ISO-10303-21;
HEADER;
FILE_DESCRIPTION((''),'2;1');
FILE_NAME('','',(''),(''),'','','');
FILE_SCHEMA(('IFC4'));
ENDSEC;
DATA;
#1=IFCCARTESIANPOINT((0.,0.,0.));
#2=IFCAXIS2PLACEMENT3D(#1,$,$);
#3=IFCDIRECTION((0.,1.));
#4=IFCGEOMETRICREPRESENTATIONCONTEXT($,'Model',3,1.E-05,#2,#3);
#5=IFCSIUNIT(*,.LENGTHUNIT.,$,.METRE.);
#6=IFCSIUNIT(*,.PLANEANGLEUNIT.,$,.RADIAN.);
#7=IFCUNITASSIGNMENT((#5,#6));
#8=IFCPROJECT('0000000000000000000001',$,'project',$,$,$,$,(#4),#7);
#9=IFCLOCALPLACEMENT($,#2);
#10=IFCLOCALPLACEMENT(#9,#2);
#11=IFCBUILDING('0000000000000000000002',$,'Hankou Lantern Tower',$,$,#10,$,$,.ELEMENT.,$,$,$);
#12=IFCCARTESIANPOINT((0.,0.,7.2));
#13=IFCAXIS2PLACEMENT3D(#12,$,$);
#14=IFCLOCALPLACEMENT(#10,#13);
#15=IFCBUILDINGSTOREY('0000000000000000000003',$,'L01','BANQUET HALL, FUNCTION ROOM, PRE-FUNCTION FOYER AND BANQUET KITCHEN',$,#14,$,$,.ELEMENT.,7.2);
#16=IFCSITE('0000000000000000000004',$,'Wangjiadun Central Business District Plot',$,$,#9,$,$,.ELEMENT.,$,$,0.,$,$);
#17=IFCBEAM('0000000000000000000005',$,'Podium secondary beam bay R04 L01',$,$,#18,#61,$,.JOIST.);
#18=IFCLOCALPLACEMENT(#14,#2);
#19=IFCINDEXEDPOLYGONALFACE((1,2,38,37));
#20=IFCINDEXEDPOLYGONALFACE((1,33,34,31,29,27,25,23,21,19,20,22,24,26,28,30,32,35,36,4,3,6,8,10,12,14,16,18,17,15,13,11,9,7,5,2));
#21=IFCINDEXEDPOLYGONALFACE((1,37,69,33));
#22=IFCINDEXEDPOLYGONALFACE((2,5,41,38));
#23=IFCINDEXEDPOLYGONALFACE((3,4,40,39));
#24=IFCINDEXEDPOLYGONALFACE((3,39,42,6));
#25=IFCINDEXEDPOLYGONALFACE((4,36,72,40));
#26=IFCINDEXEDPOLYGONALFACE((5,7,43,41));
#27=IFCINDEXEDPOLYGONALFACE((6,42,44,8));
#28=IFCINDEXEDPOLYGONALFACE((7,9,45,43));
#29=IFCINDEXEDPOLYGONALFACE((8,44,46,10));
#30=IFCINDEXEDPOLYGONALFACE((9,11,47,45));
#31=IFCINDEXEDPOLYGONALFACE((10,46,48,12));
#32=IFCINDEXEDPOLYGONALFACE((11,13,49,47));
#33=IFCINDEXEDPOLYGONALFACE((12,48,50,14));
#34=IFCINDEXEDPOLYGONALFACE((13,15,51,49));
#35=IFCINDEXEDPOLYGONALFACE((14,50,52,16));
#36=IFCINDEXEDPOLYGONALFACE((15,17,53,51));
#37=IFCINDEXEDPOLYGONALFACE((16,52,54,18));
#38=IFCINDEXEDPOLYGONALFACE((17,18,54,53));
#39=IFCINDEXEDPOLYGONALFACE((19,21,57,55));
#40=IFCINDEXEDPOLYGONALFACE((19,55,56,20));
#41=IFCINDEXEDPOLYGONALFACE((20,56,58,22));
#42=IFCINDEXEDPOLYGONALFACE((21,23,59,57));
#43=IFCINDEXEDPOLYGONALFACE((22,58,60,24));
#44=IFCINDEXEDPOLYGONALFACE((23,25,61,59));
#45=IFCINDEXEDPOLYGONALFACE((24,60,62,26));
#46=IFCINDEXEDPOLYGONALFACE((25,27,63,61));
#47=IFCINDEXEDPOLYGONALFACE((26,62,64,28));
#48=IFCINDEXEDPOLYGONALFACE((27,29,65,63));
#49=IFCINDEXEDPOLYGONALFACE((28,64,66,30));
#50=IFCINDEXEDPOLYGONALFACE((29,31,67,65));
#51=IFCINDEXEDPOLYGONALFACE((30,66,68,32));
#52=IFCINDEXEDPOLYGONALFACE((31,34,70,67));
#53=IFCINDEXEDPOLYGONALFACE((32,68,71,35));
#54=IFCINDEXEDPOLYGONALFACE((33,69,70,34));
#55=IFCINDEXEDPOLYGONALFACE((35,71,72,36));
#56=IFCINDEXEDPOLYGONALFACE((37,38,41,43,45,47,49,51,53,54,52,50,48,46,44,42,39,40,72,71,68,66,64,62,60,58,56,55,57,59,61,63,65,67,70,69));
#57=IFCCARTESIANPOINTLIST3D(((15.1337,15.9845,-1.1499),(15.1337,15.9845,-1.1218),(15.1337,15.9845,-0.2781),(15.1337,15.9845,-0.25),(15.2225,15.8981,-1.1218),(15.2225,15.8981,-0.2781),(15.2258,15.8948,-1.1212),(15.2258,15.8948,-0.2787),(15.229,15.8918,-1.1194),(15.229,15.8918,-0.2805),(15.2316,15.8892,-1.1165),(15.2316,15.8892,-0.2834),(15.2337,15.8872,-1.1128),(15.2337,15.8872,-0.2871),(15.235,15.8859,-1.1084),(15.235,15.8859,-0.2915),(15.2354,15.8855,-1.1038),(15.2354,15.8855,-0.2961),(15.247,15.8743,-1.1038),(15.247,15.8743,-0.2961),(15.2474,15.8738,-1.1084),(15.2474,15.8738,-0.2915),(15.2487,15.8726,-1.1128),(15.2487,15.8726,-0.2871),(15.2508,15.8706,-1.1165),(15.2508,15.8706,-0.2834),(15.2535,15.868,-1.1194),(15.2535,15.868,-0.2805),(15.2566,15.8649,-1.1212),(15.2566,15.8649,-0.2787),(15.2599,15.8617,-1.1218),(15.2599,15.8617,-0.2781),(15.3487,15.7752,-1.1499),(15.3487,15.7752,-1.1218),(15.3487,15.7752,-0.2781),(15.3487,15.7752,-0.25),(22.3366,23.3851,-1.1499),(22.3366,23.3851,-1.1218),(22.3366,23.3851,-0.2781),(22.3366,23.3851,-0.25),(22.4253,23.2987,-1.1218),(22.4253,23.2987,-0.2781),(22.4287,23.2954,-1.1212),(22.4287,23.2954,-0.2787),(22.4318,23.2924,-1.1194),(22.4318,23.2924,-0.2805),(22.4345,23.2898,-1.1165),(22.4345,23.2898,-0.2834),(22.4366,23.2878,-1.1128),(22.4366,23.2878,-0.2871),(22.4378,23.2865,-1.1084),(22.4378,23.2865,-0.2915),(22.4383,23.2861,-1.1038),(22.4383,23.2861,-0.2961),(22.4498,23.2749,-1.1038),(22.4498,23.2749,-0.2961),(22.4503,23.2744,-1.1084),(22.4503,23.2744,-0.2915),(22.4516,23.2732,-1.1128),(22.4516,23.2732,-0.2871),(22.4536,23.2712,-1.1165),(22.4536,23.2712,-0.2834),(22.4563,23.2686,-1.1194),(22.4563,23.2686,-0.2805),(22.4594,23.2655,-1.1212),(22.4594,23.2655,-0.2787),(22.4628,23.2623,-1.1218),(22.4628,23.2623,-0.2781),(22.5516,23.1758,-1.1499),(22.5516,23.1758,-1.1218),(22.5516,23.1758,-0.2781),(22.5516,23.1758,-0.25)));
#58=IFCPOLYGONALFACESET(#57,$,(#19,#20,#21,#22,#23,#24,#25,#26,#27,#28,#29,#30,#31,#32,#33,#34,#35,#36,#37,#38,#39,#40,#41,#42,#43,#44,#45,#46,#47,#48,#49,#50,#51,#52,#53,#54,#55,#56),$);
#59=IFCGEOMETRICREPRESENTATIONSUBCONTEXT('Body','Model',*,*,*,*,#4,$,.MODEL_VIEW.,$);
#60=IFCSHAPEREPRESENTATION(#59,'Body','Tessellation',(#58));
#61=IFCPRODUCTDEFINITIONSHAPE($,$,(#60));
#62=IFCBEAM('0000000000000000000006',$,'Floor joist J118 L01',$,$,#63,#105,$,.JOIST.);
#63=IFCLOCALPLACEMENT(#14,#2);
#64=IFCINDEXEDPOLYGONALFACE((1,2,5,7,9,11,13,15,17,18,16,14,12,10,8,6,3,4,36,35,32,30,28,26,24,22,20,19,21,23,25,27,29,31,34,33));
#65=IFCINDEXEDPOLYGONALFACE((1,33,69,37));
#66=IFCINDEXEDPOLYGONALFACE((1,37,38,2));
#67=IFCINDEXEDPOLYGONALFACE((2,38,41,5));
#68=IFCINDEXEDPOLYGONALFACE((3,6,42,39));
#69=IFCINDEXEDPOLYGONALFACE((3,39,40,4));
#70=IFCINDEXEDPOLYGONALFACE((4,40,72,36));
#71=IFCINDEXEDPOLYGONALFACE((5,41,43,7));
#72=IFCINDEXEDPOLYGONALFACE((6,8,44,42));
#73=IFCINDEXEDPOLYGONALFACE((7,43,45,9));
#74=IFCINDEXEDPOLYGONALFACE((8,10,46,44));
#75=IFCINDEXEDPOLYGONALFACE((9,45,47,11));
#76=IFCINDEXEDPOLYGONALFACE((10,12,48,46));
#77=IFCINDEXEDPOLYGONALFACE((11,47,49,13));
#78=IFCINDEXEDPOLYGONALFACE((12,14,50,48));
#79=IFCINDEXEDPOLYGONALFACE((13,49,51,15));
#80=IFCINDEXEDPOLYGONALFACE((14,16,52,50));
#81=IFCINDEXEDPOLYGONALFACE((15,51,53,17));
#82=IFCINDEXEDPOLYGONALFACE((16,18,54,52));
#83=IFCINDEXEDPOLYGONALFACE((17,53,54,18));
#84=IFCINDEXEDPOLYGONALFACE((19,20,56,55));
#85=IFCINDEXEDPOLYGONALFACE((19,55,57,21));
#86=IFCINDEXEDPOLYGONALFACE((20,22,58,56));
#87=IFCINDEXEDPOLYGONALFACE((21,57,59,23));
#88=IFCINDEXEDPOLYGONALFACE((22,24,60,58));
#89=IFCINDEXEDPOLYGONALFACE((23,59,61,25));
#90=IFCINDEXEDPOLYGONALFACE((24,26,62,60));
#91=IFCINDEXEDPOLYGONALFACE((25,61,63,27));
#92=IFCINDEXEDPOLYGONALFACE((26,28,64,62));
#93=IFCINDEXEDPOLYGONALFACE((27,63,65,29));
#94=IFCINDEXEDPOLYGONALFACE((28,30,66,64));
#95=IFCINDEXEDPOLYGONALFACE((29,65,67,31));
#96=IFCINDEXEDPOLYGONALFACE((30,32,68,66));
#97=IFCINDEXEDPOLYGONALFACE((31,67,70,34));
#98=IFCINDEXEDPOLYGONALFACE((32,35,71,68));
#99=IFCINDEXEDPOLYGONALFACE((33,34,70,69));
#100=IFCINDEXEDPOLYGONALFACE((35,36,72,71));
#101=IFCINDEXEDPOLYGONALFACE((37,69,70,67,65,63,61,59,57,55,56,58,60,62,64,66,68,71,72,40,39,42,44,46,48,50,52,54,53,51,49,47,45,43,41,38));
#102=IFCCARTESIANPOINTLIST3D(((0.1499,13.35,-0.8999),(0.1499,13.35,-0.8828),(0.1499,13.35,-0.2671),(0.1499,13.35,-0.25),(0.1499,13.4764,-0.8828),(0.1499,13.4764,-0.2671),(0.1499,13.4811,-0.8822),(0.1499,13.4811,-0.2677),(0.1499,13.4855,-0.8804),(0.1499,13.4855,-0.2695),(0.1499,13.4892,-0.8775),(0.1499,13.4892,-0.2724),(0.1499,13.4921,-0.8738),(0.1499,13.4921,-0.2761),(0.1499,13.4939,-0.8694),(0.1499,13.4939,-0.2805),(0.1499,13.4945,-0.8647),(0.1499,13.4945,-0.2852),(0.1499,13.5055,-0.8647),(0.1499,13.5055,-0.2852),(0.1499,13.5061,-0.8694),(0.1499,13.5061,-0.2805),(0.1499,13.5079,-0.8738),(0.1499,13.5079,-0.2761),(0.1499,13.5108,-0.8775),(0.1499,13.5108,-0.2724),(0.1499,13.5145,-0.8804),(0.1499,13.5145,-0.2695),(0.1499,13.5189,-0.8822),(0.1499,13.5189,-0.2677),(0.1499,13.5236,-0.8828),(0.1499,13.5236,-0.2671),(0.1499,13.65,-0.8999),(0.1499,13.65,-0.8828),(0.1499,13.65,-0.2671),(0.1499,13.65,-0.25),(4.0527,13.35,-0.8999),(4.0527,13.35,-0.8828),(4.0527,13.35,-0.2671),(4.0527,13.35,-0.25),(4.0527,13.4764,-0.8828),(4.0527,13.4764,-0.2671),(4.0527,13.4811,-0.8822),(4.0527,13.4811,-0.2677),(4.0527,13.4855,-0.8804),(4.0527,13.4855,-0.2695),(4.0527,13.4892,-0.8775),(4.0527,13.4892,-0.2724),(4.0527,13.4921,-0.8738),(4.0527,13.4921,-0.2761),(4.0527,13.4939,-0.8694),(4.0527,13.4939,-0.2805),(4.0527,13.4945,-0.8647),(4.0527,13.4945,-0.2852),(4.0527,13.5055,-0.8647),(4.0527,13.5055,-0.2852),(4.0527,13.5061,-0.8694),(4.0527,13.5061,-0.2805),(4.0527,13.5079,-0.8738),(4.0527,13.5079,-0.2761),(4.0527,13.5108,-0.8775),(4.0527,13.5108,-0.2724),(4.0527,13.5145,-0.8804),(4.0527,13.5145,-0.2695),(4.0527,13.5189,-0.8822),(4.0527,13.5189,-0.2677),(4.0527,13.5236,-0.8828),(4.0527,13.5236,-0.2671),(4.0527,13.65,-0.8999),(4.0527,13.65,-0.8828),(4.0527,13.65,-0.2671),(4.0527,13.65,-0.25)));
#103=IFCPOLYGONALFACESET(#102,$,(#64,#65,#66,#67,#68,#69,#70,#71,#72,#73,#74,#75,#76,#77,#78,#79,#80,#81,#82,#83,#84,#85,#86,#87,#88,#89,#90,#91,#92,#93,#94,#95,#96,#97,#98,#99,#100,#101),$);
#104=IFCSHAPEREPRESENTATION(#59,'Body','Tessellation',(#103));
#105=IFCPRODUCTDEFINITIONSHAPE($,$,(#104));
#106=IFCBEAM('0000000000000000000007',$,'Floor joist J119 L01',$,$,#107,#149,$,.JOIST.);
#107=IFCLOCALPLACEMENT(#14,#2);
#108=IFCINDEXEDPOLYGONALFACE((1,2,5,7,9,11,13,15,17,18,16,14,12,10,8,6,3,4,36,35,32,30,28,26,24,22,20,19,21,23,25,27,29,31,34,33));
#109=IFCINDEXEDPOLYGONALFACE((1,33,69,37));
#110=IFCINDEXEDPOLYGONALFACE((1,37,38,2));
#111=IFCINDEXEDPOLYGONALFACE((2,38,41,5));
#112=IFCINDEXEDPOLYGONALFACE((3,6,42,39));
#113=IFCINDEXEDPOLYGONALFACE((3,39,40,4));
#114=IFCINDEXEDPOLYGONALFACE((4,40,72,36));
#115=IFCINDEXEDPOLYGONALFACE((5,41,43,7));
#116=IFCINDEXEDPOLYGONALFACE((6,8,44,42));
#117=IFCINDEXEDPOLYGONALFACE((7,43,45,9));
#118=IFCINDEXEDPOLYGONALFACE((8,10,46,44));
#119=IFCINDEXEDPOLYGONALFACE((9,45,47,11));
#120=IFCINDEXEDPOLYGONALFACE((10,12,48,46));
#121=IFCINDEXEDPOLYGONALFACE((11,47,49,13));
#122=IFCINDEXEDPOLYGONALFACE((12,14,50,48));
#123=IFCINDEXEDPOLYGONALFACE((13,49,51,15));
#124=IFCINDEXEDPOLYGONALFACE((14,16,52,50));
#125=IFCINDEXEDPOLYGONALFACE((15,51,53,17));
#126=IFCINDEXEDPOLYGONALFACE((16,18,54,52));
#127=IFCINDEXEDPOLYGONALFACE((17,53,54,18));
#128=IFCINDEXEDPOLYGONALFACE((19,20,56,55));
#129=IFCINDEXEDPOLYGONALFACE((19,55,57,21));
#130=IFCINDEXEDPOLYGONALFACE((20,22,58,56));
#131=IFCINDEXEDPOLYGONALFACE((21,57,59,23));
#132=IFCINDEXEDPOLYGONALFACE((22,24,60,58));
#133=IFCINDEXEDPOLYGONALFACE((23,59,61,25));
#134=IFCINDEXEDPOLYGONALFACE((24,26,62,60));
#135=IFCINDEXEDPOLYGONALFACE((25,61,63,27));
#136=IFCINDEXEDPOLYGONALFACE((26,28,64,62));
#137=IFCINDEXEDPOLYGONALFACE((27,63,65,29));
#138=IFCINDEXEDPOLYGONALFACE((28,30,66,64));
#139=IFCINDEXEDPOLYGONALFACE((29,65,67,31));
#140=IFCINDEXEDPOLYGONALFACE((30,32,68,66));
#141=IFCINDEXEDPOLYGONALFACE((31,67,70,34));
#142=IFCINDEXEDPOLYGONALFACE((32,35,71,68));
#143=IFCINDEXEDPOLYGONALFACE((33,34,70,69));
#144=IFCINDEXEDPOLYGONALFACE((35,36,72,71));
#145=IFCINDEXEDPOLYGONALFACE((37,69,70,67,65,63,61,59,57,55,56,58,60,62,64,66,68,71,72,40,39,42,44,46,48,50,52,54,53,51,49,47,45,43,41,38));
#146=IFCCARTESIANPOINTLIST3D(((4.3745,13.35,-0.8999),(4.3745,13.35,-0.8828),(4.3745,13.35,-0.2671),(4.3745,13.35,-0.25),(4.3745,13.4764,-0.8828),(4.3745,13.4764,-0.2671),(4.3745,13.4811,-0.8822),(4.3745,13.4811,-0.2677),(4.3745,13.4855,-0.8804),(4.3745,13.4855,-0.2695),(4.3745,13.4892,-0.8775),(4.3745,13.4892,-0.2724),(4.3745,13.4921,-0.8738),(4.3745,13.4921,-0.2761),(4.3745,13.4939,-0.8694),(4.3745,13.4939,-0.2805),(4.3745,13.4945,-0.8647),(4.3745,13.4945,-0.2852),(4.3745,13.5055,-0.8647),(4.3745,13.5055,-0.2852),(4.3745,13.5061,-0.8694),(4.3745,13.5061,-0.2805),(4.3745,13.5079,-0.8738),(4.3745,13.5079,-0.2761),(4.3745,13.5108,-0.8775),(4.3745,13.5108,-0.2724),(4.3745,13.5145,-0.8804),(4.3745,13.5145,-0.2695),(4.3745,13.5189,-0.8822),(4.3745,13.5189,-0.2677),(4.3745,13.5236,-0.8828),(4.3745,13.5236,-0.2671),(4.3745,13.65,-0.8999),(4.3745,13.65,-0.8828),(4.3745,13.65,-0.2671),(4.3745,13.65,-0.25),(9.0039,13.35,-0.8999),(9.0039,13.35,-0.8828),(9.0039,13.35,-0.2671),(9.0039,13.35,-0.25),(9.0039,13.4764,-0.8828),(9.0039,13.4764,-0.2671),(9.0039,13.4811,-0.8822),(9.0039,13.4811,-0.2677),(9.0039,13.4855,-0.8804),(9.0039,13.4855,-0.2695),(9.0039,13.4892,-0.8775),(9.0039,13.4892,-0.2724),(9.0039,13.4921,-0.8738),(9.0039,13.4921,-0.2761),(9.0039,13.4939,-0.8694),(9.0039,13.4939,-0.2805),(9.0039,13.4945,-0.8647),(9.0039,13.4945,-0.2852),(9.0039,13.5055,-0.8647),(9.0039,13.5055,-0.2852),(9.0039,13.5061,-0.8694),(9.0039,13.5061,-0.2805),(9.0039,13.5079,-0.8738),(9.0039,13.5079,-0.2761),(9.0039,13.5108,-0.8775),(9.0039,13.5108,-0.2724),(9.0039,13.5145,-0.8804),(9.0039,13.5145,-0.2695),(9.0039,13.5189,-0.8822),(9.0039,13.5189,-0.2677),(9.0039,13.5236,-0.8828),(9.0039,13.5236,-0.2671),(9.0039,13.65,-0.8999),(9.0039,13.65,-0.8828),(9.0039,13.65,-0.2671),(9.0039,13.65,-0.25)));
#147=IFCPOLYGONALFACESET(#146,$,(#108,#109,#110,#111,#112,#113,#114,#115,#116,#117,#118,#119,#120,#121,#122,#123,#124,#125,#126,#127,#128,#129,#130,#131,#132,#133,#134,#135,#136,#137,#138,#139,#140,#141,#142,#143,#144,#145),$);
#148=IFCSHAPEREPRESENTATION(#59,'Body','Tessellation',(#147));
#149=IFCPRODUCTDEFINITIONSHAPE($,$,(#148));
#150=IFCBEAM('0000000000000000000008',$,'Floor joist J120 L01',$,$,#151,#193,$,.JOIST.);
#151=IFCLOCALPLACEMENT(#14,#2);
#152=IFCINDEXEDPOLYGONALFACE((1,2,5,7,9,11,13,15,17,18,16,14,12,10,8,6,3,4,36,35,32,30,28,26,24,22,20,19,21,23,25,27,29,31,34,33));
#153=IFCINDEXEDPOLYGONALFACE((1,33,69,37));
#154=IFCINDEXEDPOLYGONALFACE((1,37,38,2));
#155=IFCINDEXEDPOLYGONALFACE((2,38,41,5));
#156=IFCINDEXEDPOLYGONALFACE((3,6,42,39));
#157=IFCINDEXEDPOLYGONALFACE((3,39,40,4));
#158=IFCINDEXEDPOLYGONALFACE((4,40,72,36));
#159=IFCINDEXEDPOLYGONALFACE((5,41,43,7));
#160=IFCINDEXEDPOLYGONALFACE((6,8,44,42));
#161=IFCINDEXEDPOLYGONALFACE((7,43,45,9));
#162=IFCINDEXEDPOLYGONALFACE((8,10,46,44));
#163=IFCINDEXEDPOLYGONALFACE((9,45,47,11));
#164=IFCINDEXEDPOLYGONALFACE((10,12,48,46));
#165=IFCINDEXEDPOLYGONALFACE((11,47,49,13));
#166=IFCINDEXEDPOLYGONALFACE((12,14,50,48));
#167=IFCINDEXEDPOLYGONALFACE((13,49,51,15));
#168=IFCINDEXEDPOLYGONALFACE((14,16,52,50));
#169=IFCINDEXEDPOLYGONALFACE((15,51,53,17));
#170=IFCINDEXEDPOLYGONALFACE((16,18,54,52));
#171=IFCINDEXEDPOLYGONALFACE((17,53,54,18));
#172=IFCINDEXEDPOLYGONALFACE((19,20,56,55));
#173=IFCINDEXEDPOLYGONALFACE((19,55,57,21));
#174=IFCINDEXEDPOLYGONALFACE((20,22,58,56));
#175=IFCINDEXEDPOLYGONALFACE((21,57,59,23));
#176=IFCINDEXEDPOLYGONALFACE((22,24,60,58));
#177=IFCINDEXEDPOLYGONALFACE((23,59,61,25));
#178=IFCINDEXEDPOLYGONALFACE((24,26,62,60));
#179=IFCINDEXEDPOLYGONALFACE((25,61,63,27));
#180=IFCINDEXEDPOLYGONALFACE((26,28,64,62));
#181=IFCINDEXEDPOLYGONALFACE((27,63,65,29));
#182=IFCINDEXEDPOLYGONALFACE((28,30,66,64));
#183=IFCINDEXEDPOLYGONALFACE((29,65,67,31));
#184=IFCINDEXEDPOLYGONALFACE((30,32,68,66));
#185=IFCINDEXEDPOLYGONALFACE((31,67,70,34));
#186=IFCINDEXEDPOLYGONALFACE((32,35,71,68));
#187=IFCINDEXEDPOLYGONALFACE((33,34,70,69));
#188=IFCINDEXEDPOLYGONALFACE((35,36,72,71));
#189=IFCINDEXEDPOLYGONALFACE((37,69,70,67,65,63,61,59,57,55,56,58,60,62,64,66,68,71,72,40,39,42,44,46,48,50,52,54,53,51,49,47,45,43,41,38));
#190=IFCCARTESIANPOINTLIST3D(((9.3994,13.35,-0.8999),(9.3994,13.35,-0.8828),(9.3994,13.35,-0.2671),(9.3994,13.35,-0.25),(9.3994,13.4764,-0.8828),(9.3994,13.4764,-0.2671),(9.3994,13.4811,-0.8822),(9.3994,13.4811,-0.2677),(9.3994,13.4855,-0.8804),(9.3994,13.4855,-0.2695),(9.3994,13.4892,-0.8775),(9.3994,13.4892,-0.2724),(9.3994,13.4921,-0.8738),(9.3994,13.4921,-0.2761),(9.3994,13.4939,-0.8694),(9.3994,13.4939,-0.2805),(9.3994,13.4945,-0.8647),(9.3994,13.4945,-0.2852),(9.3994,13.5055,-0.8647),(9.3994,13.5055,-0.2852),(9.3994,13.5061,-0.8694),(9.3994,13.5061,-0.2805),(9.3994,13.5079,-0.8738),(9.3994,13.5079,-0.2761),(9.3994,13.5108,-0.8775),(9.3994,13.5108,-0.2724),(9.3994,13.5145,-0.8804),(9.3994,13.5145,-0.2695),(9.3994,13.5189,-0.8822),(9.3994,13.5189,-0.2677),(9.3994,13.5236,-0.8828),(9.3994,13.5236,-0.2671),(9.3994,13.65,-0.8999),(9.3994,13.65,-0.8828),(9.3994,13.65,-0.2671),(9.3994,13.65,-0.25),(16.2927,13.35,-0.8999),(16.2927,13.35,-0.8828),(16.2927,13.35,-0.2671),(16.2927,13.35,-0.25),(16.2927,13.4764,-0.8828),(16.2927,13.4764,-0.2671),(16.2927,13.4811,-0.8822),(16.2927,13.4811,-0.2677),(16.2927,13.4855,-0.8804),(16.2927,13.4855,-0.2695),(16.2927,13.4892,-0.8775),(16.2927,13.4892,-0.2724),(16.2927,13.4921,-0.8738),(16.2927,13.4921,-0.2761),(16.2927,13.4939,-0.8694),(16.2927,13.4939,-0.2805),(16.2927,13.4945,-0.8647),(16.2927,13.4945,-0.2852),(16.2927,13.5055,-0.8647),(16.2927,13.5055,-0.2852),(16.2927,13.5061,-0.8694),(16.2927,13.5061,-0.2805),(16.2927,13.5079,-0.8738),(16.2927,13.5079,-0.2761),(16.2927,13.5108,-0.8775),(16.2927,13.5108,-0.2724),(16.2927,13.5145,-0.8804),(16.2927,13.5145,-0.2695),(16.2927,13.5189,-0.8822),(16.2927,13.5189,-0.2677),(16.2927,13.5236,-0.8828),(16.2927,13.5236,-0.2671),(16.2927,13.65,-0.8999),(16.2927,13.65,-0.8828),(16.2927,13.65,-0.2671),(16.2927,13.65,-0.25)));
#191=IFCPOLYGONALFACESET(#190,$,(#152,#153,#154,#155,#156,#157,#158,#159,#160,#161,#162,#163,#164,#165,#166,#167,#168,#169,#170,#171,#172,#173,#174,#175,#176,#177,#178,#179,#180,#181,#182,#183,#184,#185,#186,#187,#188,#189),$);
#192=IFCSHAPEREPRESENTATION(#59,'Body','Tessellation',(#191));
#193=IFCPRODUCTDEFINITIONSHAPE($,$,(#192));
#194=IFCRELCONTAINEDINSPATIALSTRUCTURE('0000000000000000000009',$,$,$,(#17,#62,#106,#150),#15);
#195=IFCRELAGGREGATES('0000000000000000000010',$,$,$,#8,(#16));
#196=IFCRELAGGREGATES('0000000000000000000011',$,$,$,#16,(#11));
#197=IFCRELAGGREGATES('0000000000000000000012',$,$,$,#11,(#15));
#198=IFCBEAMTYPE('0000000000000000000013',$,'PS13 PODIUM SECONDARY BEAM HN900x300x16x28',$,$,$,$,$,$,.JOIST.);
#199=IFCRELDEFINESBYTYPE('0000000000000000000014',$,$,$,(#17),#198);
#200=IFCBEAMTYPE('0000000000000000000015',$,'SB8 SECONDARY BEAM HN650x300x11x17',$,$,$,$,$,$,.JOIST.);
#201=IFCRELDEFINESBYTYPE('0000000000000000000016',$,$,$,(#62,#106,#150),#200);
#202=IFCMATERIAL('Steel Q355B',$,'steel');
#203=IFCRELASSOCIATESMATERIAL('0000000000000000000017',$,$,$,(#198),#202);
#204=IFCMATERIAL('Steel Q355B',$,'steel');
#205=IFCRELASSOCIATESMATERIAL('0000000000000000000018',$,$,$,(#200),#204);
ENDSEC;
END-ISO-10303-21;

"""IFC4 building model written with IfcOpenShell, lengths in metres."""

from ifc_helpers import new_model, si_unit, direction, frame, origin, origin_2d, place, context, subcontext, project, spatial, i_section, extrude, material, material_profile, profile_set, type_object, element, save


model = new_model("IFC4")

# Units and contexts
model_context = context("Model", 3, precision=1e-05, world=origin(), true_north=direction((0.0, 1.0)))
body_context = subcontext(model_context, "Body", "Model", "MODEL_VIEW")
ifc_project = project(units=[si_unit("LENGTHUNIT", "METRE"), si_unit("PLANEANGLEUNIT", "RADIAN")], contexts=[model_context])

# Site, building, storey
site_placement = place(None, origin())
site = spatial("IfcSite", under=ifc_project, at=site_placement, Name="Wangjiadun Central Business District Plot", CompositionType="ELEMENT", RefElevation=0.0)
building_placement = place(site_placement, origin())
building = spatial("IfcBuilding", under=site, at=building_placement, Name="Hankou Lantern Tower", CompositionType="ELEMENT")
storey_placement = place(building_placement, frame((0.0, 0.0, 7.2)))
storey = spatial("IfcBuildingStorey", under=building, at=storey_placement, Name="L01", Description="BANQUET HALL, FUNCTION ROOM, PRE-FUNCTION FOYER AND BANQUET KITCHEN", CompositionType="ELEMENT", Elevation=7.2)

# Beams
ifc_material_1 = material(Name="Steel Q355B", Category="steel")
ifc_material_profile_1 = material_profile(ifc_material_1, i_section(OverallWidth=0.3, OverallDepth=0.8999, WebThickness=0.0161, FlangeThickness=0.0281, FilletRadius=0.0181, at=origin_2d()), Name="HN900x300x16x28")
ifc_profile_set_1 = profile_set([ifc_material_profile_1], Name="Steel Q355B")
beam_type_1 = type_object("IfcBeamType", Name="PS13 PODIUM SECONDARY BEAM HN900x300x16x28", PredefinedType="JOIST", material=ifc_profile_set_1)
beam_1_placement = place(storey_placement, frame((15.2412, 15.8799, -0.7), z_axis=(0.697468, 0.716616, 0.0), x_axis=(-0.716616, 0.697468, 0.0)))
element("IfcBeam", 1, at=beam_1_placement, inside=storey, type_object=beam_type_1, Name="Podium secondary beam bay R04 L01", PredefinedType="JOIST", context=body_context, shape_type="SweptSolid", body=[
    extrude(i_section(OverallWidth=0.3, OverallDepth=0.8999, WebThickness=0.0161, FlangeThickness=0.0281, FilletRadius=0.0181, at=origin_2d()), origin(), (0.0, 0.0, 1.0), 10.3271),
])
ifc_material_2 = material(Name="Steel Q355B", Category="steel")
ifc_material_profile_2 = material_profile(ifc_material_2, i_section(OverallWidth=0.3, OverallDepth=0.6499, WebThickness=0.011, FlangeThickness=0.0171, FilletRadius=0.0181, at=origin_2d()), Name="HN650x300x11x17")
ifc_profile_set_2 = profile_set([ifc_material_profile_2], Name="Steel Q355B")
beam_type_2 = type_object("IfcBeamType", Name="SB8 SECONDARY BEAM HN650x300x11x17", PredefinedType="JOIST", material=ifc_profile_set_2)
beam_2_placement = place(storey_placement, frame((0.1499, 13.5, -0.575), z_axis=(1.0, 0.0, 0.0), x_axis=(0.0, 1.0, 0.0)))
element("IfcBeam", 2, at=beam_2_placement, inside=storey, type_object=beam_type_2, Name="Floor joist J118 L01", PredefinedType="JOIST", context=body_context, shape_type="SweptSolid", body=[
    extrude(i_section(OverallWidth=0.3, OverallDepth=0.6499, WebThickness=0.011, FlangeThickness=0.0171, FilletRadius=0.0181, at=origin_2d()), origin(), (0.0, 0.0, 1.0), 3.9028),
])
beam_3_placement = place(storey_placement, frame((4.3745, 13.5, -0.575), z_axis=(1.0, 0.0, 0.0), x_axis=(0.0, 1.0, 0.0)))
element("IfcBeam", 3, at=beam_3_placement, inside=storey, type_object=beam_type_2, Name="Floor joist J119 L01", PredefinedType="JOIST", context=body_context, shape_type="SweptSolid", body=[
    extrude(i_section(OverallWidth=0.3, OverallDepth=0.6499, WebThickness=0.011, FlangeThickness=0.0171, FilletRadius=0.0181, at=origin_2d()), origin(), (0.0, 0.0, 1.0), 4.6294),
])
beam_4_placement = place(storey_placement, frame((9.3994, 13.5, -0.575), z_axis=(1.0, 0.0, 0.0), x_axis=(0.0, 1.0, 0.0)))
element("IfcBeam", 4, at=beam_4_placement, inside=storey, type_object=beam_type_2, Name="Floor joist J120 L01", PredefinedType="JOIST", context=body_context, shape_type="SweptSolid", body=[
    extrude(i_section(OverallWidth=0.3, OverallDepth=0.6499, WebThickness=0.011, FlangeThickness=0.0171, FilletRadius=0.0181, at=origin_2d()), origin(), (0.0, 0.0, 1.0), 6.8933),
])

save(model, "model.ifc")
